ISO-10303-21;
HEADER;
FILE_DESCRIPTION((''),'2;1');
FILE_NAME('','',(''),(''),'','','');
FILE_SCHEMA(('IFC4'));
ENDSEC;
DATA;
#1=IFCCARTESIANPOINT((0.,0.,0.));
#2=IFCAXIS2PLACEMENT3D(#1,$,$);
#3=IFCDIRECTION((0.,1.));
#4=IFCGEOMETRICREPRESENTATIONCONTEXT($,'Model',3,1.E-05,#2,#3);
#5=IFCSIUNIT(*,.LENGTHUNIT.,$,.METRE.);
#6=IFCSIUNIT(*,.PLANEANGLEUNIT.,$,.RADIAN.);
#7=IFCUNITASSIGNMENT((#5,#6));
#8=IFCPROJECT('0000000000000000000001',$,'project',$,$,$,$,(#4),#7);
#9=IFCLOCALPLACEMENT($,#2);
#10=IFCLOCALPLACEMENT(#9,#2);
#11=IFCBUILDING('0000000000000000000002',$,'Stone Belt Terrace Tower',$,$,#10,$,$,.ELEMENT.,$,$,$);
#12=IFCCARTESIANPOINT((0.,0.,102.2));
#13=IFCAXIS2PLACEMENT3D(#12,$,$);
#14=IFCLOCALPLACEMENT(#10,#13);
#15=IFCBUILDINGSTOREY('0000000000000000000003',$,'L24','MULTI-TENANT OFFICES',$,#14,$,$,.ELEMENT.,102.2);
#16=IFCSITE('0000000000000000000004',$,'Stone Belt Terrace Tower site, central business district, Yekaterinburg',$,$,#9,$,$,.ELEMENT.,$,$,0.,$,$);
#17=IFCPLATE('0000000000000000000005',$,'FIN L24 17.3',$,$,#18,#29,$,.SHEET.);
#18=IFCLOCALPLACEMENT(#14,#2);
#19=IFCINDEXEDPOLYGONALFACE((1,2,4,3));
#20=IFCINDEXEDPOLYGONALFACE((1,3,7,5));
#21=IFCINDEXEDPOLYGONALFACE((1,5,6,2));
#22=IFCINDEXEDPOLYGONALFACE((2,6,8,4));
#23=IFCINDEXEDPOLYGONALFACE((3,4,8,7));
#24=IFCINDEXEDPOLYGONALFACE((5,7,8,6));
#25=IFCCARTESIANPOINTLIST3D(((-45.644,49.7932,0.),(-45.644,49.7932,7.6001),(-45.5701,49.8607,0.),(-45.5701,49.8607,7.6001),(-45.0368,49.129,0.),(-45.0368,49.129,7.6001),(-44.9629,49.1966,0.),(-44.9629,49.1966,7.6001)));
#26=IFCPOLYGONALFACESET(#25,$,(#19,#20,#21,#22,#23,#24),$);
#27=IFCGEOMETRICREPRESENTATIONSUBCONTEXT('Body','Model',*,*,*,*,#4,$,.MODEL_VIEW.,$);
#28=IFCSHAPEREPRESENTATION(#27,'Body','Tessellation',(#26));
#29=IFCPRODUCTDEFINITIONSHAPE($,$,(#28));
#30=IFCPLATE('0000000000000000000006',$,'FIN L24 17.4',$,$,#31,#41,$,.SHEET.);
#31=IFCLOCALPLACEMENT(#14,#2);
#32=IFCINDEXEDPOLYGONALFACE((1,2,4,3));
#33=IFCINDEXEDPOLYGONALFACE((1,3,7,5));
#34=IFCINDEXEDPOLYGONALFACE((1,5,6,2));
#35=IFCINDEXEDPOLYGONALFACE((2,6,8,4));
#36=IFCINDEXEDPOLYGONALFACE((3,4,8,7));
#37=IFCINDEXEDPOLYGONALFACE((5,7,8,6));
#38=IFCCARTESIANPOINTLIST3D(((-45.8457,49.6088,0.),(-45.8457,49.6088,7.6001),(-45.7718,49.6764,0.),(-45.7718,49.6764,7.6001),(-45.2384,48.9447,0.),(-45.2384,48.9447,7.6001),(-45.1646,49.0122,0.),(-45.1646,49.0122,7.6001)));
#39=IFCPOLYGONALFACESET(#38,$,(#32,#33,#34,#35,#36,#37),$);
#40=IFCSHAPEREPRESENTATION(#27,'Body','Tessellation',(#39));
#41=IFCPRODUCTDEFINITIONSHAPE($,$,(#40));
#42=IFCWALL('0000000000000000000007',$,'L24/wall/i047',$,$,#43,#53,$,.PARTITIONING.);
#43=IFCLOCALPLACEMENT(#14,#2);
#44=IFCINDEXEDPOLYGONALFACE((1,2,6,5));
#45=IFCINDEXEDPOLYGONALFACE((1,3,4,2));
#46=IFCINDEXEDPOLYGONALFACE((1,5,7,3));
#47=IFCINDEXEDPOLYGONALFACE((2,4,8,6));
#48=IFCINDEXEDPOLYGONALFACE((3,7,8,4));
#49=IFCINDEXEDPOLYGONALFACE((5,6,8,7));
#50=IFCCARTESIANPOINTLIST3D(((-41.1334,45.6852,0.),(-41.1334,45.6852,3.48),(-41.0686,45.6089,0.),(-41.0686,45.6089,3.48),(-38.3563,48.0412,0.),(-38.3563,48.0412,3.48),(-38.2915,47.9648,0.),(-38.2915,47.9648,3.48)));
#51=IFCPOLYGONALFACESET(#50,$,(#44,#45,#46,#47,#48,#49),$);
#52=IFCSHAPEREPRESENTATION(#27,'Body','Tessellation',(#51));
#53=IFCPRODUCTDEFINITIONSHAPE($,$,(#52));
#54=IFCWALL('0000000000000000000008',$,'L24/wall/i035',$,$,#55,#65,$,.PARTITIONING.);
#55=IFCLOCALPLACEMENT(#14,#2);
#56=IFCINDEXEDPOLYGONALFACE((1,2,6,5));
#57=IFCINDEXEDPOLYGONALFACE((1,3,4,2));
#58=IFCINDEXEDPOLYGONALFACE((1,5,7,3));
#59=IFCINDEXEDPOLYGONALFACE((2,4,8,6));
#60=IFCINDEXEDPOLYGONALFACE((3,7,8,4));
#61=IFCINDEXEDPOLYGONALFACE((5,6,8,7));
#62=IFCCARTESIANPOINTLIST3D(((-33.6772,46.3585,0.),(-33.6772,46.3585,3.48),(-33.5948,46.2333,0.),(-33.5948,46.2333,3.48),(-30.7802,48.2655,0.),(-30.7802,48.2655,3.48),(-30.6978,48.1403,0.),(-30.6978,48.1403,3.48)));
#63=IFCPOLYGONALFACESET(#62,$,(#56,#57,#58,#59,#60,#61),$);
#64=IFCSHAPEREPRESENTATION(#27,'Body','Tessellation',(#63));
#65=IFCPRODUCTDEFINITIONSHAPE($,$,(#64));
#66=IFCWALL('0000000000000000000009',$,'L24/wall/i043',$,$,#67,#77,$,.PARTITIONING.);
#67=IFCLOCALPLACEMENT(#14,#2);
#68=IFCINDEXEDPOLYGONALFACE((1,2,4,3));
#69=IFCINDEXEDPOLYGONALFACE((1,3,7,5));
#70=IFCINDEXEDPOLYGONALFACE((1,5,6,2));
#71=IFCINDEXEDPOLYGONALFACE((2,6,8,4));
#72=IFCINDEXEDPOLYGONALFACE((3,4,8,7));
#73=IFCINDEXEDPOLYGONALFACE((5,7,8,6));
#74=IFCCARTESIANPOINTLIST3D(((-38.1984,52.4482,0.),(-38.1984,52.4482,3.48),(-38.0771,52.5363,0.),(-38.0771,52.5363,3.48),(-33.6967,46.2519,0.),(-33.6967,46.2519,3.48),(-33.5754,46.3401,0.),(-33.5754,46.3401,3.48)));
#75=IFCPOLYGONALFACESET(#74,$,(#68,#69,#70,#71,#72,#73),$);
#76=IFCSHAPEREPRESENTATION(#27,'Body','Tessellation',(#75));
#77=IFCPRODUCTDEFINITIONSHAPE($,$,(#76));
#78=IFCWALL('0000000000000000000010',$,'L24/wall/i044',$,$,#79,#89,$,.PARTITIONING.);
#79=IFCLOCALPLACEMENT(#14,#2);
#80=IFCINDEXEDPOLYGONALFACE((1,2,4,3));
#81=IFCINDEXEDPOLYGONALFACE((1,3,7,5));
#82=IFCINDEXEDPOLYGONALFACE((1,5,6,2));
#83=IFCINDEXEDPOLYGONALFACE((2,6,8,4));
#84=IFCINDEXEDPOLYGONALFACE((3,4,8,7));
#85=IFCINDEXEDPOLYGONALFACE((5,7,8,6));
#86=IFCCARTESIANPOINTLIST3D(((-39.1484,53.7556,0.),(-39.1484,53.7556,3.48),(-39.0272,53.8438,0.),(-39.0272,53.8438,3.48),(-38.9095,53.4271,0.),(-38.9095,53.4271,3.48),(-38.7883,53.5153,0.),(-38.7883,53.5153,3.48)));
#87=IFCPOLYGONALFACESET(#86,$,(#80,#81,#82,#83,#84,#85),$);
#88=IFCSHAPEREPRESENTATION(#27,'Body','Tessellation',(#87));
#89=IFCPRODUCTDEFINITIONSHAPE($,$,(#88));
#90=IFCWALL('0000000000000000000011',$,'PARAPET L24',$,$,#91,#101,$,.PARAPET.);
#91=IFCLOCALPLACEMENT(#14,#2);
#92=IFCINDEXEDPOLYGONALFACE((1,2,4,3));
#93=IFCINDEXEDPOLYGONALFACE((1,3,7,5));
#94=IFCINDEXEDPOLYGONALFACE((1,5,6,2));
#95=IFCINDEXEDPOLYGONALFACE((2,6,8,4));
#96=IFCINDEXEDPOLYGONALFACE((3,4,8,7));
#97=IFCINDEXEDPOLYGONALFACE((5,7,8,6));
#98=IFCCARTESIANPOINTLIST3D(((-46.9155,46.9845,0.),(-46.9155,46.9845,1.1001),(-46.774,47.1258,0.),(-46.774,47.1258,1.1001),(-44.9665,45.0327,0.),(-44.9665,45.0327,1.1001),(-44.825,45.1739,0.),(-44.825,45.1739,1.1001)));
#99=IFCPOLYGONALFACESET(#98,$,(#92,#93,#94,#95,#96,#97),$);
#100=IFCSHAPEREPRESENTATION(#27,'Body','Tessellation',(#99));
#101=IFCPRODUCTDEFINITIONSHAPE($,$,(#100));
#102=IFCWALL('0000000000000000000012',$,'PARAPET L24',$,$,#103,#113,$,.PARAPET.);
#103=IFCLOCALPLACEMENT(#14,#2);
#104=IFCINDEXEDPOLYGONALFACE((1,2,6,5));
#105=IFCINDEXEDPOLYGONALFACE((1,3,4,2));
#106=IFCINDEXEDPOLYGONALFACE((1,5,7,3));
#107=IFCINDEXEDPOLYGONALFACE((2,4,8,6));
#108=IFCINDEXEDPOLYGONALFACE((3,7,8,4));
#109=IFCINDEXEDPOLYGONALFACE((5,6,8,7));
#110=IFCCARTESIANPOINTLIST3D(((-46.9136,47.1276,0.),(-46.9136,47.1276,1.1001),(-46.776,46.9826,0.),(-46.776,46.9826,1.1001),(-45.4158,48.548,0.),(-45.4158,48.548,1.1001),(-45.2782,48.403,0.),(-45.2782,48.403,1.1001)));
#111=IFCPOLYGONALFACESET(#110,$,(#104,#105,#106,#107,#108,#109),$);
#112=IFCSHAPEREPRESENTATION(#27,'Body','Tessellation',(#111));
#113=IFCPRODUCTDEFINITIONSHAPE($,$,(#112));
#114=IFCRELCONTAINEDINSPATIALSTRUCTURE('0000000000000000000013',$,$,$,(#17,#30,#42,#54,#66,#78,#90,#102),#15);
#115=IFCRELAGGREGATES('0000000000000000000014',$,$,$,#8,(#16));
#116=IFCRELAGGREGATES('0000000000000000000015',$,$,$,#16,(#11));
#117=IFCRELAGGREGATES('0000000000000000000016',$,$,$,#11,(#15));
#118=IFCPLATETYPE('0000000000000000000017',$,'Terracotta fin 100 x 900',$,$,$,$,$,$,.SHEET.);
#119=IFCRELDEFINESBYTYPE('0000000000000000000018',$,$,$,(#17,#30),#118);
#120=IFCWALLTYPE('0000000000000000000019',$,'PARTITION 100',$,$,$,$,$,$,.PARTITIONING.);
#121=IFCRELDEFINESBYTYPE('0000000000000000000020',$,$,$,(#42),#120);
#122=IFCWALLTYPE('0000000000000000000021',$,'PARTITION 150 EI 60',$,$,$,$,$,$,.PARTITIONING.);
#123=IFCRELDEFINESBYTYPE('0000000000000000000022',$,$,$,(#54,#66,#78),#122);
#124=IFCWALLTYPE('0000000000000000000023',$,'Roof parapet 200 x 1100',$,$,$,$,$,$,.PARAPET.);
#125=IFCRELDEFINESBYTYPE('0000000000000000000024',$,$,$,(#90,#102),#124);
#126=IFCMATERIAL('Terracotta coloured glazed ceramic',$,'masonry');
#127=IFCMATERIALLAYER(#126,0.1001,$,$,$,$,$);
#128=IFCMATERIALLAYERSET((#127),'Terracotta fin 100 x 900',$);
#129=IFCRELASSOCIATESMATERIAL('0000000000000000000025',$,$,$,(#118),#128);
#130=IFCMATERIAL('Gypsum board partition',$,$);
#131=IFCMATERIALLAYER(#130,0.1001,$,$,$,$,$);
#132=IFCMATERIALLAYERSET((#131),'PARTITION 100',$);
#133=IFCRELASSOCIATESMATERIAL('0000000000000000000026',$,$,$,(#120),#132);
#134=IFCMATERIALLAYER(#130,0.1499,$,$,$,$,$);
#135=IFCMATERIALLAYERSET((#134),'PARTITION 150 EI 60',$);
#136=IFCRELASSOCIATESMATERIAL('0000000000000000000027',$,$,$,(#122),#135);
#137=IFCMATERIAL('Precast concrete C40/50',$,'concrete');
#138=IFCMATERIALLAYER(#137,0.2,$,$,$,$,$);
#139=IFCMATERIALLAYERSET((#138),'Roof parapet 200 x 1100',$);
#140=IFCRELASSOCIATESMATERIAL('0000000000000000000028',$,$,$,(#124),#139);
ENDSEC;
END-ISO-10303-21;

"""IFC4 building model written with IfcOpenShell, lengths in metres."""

from ifc_helpers import new_model, si_unit, direction, frame, frame_2d, origin, origin_2d, place, context, subcontext, project, spatial, rectangle, extrude, material, layer, layer_set, type_object, element, save


model = new_model("IFC4")

# Units and contexts
model_context = context("Model", 3, precision=1e-05, world=origin(), true_north=direction((0.0, 1.0)))
body_context = subcontext(model_context, "Body", "Model", "MODEL_VIEW")
ifc_project = project(units=[si_unit("LENGTHUNIT", "METRE"), si_unit("PLANEANGLEUNIT", "RADIAN")], contexts=[model_context])

# Site, building, storey
site_placement = place(None, origin())
site = spatial("IfcSite", under=ifc_project, at=site_placement, Name="Stone Belt Terrace Tower site, central business district, Yekaterinburg", CompositionType="ELEMENT", RefElevation=0.0)
building_placement = place(site_placement, origin())
building = spatial("IfcBuilding", under=site, at=building_placement, Name="Stone Belt Terrace Tower", CompositionType="ELEMENT")
storey_placement = place(building_placement, frame((0.0, 0.0, 102.2)))
storey = spatial("IfcBuildingStorey", under=building, at=storey_placement, Name="L24", Description="MULTI-TENANT OFFICES", CompositionType="ELEMENT", Elevation=102.2)

# Plates
ifc_material_1 = material(Name="Terracotta coloured glazed ceramic", Category="masonry")
ifc_layer_1 = layer(ifc_material_1, 0.1001)
ifc_layer_set_1 = layer_set([ifc_layer_1], Name="Terracotta fin 100 x 900")
plate_type_1 = type_object("IfcPlateType", Name="Terracotta fin 100 x 900", PredefinedType="SHEET", material=ifc_layer_set_1)
for number, where, z_axis, x_axis, name in (
    (1, (-45.3035, 49.4949, 0.0), (0.0, 0.0, 1.0), (-0.674781, 0.738018, 0.0), "FIN L24 17.3"),
    (2, (-45.5051, 49.3105, 0.0), (0.0, 0.0, 1.0), (-0.674781, 0.738018, 0.0), "FIN L24 17.4"),
):
    element("IfcPlate", number, at=place(storey_placement, frame(where, z_axis=z_axis, x_axis=x_axis)), inside=storey, type_object=plate_type_1, Name=name, PredefinedType="SHEET", context=body_context, shape_type="SweptSolid", body=[
        extrude(rectangle(XDim=0.8999, YDim=0.1001, at=origin_2d()), origin(), (0.0, 0.0, 1.0), 7.6001),
    ])

# Walls
ifc_material_2 = material(Name="Gypsum board partition")
ifc_layer_2 = layer(ifc_material_2, 0.1001)
ifc_layer_set_2 = layer_set([ifc_layer_2], Name="PARTITION 100")
wall_type_1 = type_object("IfcWallType", Name="PARTITION 100", PredefinedType="PARTITIONING", material=ifc_layer_set_2)
wall_1_placement = place(storey_placement, frame((-38.324, 48.0029, 0.0), z_axis=(0.0, 0.0, 1.0), x_axis=(-0.762559, -0.646918, 0.0)))
element("IfcWall", 3, at=wall_1_placement, inside=storey, type_object=wall_type_1, Name="L24/wall/i047", PredefinedType="PARTITIONING", context=body_context, shape_type="SweptSolid", body=[
    extrude(rectangle(XDim=3.6418, YDim=0.1001, at=frame_2d((1.8208, 0.0))), origin(), (0.0, 0.0, 1.0), 3.48),
])
ifc_layer_3 = layer(ifc_material_2, 0.1499)
ifc_layer_set_3 = layer_set([ifc_layer_3], Name="PARTITION 150 EI 60")
wall_type_2 = type_object("IfcWallType", Name="PARTITION 150 EI 60", PredefinedType="PARTITIONING", material=ifc_layer_set_3)
wall_2_placement = place(storey_placement, frame((-33.636, 46.2959, 0.0), z_axis=(0.0, 0.0, 1.0), x_axis=(0.835274, 0.549834, 0.0)))
element("IfcWall", 4, at=wall_2_placement, inside=storey, type_object=wall_type_2, Name="L24/wall/i035", PredefinedType="PARTITIONING", context=body_context, shape_type="SweptSolid", body=[
    extrude(rectangle(XDim=3.4683, YDim=0.1499, at=frame_2d((1.7341, 0.0))), origin(), (0.0, 0.0, 1.0), 3.48),
])
wall_3_placement = place(storey_placement, frame((-33.636, 46.2959, 0.0), z_axis=(0.0, 0.0, 1.0), x_axis=(-0.587772, 0.809027, 0.0)))
element("IfcWall", 5, at=wall_3_placement, inside=storey, type_object=wall_type_2, Name="L24/wall/i043", PredefinedType="PARTITIONING", context=body_context, shape_type="SweptSolid", body=[
    extrude(rectangle(XDim=7.6589, YDim=0.1499, at=frame_2d((3.8296, 0.0))), origin(), (0.0, 0.0, 1.0), 3.48),
])
wall_4_placement = place(storey_placement, frame((-38.8489, 53.4712, 0.0), z_axis=(0.0, 0.0, 1.0), x_axis=(-0.588207, 0.80871, 0.0)))
element("IfcWall", 6, at=wall_4_placement, inside=storey, type_object=wall_type_2, Name="L24/wall/i044", PredefinedType="PARTITIONING", context=body_context, shape_type="SweptSolid", body=[
    extrude(rectangle(XDim=0.4062, YDim=0.1499, at=frame_2d((0.2031, 0.0))), origin(), (0.0, 0.0, 1.0), 3.48),
])
ifc_material_3 = material(Name="Precast concrete C40/50", Category="concrete")
ifc_layer_4 = layer(ifc_material_3, 0.2)
ifc_layer_set_4 = layer_set([ifc_layer_4], Name="Roof parapet 200 x 1100")
wall_type_3 = type_object("IfcWallType", Name="Roof parapet 200 x 1100", PredefinedType="PARAPET", material=ifc_layer_set_4)
wall_5_placement = place(storey_placement, frame((-46.8447, 47.0552, 0.0), z_axis=(0.0, 0.0, 1.0), x_axis=(0.706576, -0.707638, 0.0)))
element("IfcWall", 7, at=wall_5_placement, inside=storey, type_object=wall_type_3, Name="PARAPET L24", PredefinedType="PARAPET", context=body_context, shape_type="SweptSolid", body=[
    extrude(rectangle(XDim=2.7583, YDim=0.2, at=frame_2d((1.3792, 0.0))), origin(), (0.0, 0.0, 1.0), 1.1001),
])
wall_6_placement = place(storey_placement, frame((-45.3469, 48.4756, 0.0), z_axis=(0.0, 0.0, 1.0), x_axis=(-0.725605, -0.688112, 0.0)))
element("IfcWall", 8, at=wall_6_placement, inside=storey, type_object=wall_type_3, Name="PARAPET L24", PredefinedType="PARAPET", context=body_context, shape_type="SweptSolid", body=[
    extrude(rectangle(XDim=2.0642, YDim=0.2, at=frame_2d((1.0322, 0.0))), origin(), (0.0, 0.0, 1.0), 1.1001),
])

save(model, "model.ifc")
